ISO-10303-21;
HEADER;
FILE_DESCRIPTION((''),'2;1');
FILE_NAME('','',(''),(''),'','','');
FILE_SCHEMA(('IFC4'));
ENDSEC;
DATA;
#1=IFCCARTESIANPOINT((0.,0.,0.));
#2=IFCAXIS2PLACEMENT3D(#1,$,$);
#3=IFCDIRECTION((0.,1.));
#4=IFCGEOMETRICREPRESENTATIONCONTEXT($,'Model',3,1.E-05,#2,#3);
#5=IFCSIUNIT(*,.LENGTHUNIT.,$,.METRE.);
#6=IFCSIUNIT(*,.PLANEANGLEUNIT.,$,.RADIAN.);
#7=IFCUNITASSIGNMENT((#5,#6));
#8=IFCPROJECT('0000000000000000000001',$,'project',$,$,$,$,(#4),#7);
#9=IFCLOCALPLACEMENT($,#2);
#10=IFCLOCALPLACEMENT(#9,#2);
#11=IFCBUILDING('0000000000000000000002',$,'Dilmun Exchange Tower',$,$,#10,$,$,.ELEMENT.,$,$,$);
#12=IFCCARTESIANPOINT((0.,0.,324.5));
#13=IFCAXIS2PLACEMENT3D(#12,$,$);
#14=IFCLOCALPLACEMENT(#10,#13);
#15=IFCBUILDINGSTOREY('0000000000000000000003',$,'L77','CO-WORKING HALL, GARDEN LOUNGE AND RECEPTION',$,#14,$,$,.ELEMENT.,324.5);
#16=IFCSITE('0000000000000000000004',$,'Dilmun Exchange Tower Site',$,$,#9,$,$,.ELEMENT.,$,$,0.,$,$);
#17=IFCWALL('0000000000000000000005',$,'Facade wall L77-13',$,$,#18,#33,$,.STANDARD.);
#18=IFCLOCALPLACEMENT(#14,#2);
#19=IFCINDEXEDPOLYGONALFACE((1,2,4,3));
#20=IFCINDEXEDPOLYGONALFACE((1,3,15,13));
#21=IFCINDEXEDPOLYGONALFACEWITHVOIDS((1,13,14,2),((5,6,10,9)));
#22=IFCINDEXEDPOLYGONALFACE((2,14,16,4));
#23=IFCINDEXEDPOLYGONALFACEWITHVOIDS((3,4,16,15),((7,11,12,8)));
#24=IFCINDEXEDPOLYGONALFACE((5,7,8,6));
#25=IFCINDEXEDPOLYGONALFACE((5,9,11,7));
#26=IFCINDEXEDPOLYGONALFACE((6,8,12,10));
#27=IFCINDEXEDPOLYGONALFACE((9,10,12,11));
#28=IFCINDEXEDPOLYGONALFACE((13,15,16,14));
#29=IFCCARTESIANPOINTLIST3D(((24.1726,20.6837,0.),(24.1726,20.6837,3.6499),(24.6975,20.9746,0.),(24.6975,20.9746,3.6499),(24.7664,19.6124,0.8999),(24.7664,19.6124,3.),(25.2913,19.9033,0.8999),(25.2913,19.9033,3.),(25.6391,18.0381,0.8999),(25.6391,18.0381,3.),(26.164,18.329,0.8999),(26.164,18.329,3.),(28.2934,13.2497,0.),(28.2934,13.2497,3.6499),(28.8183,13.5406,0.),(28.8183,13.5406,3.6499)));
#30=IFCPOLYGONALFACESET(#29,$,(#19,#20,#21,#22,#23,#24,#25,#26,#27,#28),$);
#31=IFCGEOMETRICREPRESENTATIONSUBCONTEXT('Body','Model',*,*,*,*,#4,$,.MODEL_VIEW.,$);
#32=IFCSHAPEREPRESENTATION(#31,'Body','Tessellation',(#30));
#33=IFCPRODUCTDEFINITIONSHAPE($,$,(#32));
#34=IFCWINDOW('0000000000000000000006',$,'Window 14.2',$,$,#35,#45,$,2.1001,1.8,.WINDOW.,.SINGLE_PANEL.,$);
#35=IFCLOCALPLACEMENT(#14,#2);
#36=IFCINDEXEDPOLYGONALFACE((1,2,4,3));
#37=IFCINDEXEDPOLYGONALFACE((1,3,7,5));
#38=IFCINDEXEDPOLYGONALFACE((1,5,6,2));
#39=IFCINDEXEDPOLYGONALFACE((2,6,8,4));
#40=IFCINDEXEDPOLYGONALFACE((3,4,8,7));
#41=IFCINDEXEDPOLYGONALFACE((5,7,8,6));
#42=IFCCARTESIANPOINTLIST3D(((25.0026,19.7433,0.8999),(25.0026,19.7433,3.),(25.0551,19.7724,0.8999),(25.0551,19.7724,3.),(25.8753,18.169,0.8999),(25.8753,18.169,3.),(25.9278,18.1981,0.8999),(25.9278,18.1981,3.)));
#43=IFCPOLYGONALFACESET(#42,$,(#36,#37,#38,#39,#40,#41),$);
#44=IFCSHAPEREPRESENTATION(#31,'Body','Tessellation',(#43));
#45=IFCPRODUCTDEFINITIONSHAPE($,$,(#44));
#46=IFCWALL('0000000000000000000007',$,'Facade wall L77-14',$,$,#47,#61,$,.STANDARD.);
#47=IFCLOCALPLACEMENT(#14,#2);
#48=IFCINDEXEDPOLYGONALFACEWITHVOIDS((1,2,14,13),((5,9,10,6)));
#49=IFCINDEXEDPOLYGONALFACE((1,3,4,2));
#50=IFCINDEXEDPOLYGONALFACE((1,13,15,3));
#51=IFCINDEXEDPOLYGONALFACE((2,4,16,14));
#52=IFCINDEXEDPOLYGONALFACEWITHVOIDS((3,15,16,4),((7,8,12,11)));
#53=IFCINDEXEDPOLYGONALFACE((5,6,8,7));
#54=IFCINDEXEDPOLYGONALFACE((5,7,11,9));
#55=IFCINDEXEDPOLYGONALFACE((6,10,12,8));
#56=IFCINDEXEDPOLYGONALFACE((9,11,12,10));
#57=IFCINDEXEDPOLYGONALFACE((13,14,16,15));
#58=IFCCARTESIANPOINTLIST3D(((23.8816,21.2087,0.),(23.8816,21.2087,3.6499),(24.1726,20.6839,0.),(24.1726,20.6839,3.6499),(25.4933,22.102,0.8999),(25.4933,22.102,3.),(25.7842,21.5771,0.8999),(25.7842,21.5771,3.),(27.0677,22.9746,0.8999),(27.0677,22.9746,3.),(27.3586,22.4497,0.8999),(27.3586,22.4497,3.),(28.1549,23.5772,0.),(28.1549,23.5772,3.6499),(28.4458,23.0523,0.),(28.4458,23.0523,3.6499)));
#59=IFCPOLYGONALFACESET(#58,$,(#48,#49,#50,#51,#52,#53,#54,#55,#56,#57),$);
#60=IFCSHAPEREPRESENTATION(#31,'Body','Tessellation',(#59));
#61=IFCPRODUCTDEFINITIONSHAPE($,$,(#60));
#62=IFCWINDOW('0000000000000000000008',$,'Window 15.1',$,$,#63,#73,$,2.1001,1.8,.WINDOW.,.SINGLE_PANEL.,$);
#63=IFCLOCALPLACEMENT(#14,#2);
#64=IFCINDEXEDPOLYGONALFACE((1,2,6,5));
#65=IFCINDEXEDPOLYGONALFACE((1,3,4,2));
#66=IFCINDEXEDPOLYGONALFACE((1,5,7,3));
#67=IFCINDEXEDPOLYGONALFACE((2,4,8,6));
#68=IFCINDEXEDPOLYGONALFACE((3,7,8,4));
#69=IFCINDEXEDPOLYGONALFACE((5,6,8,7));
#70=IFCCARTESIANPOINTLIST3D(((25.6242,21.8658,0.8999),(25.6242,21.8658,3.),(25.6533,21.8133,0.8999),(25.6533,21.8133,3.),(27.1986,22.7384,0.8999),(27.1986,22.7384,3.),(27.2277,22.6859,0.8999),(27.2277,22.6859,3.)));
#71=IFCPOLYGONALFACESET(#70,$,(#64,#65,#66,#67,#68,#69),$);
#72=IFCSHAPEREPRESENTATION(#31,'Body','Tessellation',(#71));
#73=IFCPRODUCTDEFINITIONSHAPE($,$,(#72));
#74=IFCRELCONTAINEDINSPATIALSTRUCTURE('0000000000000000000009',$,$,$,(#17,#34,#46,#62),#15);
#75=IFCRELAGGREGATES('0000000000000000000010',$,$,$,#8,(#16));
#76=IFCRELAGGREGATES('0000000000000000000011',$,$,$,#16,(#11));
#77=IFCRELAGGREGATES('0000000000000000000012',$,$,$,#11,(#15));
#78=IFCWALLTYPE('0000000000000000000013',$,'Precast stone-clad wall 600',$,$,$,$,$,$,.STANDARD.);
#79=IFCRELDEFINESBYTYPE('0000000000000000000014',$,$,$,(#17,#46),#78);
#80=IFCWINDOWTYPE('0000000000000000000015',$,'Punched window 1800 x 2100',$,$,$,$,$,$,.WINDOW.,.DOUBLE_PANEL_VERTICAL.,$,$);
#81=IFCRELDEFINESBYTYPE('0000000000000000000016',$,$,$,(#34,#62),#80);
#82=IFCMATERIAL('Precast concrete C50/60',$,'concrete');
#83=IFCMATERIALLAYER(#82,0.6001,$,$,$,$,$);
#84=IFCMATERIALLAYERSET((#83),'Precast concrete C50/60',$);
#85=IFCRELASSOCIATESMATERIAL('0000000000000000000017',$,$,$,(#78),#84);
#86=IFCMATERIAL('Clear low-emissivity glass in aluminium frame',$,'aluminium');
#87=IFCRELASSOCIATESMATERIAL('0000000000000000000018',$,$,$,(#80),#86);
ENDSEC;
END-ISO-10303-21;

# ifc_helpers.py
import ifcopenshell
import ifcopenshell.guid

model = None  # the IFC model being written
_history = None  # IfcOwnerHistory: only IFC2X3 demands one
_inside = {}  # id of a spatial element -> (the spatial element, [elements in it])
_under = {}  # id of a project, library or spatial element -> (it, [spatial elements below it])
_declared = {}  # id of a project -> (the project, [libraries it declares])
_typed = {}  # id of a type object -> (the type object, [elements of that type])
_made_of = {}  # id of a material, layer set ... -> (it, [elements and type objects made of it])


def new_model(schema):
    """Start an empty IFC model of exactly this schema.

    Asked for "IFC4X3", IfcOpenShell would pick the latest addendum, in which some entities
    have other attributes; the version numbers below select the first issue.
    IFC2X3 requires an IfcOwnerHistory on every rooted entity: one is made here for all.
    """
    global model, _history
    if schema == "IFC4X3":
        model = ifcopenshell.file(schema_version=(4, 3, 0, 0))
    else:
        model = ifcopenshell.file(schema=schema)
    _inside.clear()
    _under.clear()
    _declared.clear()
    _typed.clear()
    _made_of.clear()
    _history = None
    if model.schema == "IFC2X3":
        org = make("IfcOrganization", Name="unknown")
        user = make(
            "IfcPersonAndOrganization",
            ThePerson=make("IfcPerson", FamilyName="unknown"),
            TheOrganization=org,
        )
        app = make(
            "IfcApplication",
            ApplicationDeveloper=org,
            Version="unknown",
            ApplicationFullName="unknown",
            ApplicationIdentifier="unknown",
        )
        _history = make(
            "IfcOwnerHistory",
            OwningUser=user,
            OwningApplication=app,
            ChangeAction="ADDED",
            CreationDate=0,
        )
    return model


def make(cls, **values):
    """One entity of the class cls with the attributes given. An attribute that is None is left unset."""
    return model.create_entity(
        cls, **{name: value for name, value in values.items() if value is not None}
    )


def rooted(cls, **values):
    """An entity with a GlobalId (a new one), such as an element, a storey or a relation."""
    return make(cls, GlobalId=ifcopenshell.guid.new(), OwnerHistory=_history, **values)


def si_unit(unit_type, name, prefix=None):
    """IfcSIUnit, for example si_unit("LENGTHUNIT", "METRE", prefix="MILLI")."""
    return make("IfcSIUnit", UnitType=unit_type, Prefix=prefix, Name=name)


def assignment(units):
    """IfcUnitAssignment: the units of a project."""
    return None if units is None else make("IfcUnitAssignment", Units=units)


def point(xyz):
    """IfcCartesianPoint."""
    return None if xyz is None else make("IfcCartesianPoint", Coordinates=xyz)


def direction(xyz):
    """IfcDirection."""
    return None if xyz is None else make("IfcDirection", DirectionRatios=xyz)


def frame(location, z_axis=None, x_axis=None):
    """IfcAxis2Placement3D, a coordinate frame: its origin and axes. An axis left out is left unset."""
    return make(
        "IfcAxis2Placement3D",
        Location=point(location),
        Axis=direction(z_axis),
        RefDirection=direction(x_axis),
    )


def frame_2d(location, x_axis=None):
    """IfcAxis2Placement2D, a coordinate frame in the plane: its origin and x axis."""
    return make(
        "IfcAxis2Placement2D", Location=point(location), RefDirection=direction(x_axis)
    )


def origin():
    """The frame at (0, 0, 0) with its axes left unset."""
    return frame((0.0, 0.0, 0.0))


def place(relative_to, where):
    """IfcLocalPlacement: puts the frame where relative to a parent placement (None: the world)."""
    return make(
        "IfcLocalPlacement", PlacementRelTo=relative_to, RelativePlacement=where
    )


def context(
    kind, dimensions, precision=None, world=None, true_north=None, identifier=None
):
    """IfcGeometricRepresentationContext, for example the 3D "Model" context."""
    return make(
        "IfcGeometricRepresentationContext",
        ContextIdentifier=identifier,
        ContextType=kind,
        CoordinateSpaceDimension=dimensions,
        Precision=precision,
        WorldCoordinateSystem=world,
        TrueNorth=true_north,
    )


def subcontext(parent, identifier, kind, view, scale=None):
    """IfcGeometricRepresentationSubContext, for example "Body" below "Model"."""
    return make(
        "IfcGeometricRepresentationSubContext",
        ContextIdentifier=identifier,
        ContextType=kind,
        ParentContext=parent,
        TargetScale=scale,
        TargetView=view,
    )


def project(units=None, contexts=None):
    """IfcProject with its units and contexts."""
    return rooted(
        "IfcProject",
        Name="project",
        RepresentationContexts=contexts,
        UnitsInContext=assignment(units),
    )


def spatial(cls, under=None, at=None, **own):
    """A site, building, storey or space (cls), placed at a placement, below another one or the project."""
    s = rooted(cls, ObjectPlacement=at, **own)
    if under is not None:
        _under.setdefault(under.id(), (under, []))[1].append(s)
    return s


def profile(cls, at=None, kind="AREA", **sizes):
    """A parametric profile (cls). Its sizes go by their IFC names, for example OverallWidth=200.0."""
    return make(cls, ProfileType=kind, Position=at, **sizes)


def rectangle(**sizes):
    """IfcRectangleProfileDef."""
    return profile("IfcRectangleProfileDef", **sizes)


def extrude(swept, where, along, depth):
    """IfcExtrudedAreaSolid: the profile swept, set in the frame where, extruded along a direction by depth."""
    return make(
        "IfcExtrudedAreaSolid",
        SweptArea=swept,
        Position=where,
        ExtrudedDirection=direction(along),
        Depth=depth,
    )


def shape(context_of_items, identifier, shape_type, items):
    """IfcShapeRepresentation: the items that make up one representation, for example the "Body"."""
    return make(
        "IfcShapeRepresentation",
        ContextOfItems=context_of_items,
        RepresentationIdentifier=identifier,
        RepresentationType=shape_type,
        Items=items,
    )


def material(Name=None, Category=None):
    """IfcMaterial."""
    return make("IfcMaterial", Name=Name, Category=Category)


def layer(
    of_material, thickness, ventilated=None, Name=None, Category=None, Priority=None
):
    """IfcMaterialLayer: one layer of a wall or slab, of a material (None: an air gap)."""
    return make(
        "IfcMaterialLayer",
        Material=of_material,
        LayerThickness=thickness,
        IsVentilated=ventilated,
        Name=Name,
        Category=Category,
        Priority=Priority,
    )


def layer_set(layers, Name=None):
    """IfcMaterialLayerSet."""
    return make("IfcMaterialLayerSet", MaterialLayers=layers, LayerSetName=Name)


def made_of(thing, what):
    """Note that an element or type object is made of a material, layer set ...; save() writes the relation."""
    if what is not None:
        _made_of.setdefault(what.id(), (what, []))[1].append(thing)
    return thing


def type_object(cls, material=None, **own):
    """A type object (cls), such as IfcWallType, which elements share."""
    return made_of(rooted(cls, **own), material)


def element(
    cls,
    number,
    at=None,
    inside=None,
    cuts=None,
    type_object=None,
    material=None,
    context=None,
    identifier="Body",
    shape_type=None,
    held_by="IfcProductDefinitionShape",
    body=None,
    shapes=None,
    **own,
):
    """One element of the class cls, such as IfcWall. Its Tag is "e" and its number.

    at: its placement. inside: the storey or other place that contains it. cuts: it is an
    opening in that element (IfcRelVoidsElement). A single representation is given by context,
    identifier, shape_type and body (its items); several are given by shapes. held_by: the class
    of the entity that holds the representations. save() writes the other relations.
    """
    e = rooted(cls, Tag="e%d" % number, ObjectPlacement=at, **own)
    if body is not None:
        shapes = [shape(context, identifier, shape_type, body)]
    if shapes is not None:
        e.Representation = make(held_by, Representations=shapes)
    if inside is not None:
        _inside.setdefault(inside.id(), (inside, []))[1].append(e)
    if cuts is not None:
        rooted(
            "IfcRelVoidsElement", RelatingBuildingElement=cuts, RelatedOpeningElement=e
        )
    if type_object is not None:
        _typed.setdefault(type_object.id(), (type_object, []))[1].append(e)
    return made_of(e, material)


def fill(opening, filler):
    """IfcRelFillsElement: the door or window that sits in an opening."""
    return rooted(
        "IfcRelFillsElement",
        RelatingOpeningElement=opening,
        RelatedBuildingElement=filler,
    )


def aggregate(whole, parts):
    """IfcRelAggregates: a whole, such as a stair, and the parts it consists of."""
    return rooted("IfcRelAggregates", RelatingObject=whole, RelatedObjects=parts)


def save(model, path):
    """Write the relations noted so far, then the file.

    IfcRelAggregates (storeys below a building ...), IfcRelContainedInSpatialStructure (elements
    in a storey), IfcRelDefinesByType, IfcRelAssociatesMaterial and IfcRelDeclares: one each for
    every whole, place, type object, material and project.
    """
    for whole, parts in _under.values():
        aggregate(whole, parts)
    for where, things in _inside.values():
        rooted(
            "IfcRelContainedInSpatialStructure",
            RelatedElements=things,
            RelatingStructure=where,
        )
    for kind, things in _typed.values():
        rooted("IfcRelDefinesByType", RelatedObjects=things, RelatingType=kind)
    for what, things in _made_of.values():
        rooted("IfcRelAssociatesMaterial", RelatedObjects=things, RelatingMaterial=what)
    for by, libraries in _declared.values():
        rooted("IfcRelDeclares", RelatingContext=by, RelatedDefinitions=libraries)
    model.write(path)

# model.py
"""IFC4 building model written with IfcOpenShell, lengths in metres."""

from ifc_helpers import new_model, si_unit, direction, frame, frame_2d, origin, place, context, subcontext, project, spatial, rectangle, extrude, material, layer, layer_set, type_object, element, fill, save


model = new_model("IFC4")

# Units and contexts
model_context = context("Model", 3, precision=1e-05, world=origin(), true_north=direction((0.0, 1.0)))
body_context = subcontext(model_context, "Body", "Model", "MODEL_VIEW")
ifc_project = project(units=[si_unit("LENGTHUNIT", "METRE"), si_unit("PLANEANGLEUNIT", "RADIAN")], contexts=[model_context])

# Site, building, storey
site_placement = place(None, origin())
site = spatial("IfcSite", under=ifc_project, at=site_placement, Name="Dilmun Exchange Tower Site", CompositionType="ELEMENT", RefElevation=0.0)
building_placement = place(site_placement, origin())
building = spatial("IfcBuilding", under=site, at=building_placement, Name="Dilmun Exchange Tower", CompositionType="ELEMENT")
storey_placement = place(building_placement, frame((0.0, 0.0, 324.5)))
storey = spatial("IfcBuildingStorey", under=building, at=storey_placement, Name="L77", Description="CO-WORKING HALL, GARDEN LOUNGE AND RECEPTION", CompositionType="ELEMENT", Elevation=324.5)

# Walls, openings, windows
ifc_material_1 = material(Name="Precast concrete C50/60", Category="concrete")
ifc_layer_1 = layer(ifc_material_1, 0.6001)
ifc_layer_set_1 = layer_set([ifc_layer_1], Name="Precast concrete C50/60")
wall_type_1 = type_object("IfcWallType", Name="Precast stone-clad wall 600", PredefinedType="STANDARD", material=ifc_layer_set_1)
ifc_material_2 = material(Name="Clear low-emissivity glass in aluminium frame", Category="aluminium")
window_type_1 = type_object("IfcWindowType", Name="Punched window 1800 x 2100", PartitioningType="DOUBLE_PANEL_VERTICAL", PredefinedType="WINDOW", material=ifc_material_2)
wall_1_placement = place(storey_placement, frame((28.5559, 13.395, 0.0), z_axis=(0.0, 0.0, 1.0), x_axis=(-0.484816, 0.874616, 0.0)))
wall_1 = element("IfcWall", 1, at=wall_1_placement, inside=storey, type_object=wall_type_1, Name="Facade wall L77-13", PredefinedType="STANDARD", context=body_context, shape_type="SweptSolid", body=[
    extrude(rectangle(XDim=8.4998, YDim=0.6001, at=frame_2d((4.25, 0.0))), origin(), (0.0, 0.0, 1.0), 3.6499),
])
opening_1_placement = place(wall_1_placement, frame((5.4751, 0.0, 0.8999)))
opening_1 = element("IfcOpeningElement", 2, at=opening_1_placement, cuts=wall_1, PredefinedType="OPENING", context=body_context, shape_type="SweptSolid", body=[
    extrude(rectangle(XDim=1.8, YDim=2.1001, at=frame_2d((0.8999, 1.05))), frame((0.0, 0.3101, 0.0), z_axis=(0.0, -1.0, 0.0), x_axis=(1.0, 0.0, 0.0)), (0.0, 0.0, 1.0), 0.6201),
])
window_1_placement = place(opening_1_placement, origin())
window_1 = element("IfcWindow", 3, at=window_1_placement, inside=storey, type_object=window_type_1, Name="Window 14.2", OverallHeight=2.1001, OverallWidth=1.8, PartitioningType="SINGLE_PANEL", PredefinedType="WINDOW", context=body_context, shape_type="SweptSolid", body=[
    extrude(rectangle(XDim=1.8, YDim=2.1001, at=frame_2d((0.8999, 1.05))), frame((0.0, 0.03, 0.0), z_axis=(0.0, -1.0, 0.0), x_axis=(1.0, 0.0, 0.0)), (0.0, 0.0, 1.0), 0.0601),
])
fill(opening_1, window_1)
wall_2_placement = place(storey_placement, frame((24.0271, 20.9463, 0.0), z_axis=(0.0, 0.0, 1.0), x_axis=(0.874642, 0.484769, 0.0)))
wall_2 = element("IfcWall", 4, at=wall_2_placement, inside=storey, type_object=wall_type_1, Name="Facade wall L77-14", PredefinedType="STANDARD", context=body_context, shape_type="SweptSolid", body=[
    extrude(rectangle(XDim=4.8857, YDim=0.6001, at=frame_2d((2.4429, 0.0))), origin(), (0.0, 0.0, 1.0), 3.6499),
])
opening_2_placement = place(wall_2_placement, frame((1.8428, 0.0, 0.8999)))
opening_2 = element("IfcOpeningElement", 5, at=opening_2_placement, cuts=wall_2, PredefinedType="OPENING", context=body_context, shape_type="SweptSolid", body=[
    extrude(rectangle(XDim=1.8, YDim=2.1001, at=frame_2d((0.8999, 1.05))), frame((0.0, 0.3101, 0.0), z_axis=(0.0, -1.0, 0.0), x_axis=(1.0, 0.0, 0.0)), (0.0, 0.0, 1.0), 0.6201),
])
window_2_placement = place(opening_2_placement, origin())
window_2 = element("IfcWindow", 6, at=window_2_placement, inside=storey, type_object=window_type_1, Name="Window 15.1", OverallHeight=2.1001, OverallWidth=1.8, PartitioningType="SINGLE_PANEL", PredefinedType="WINDOW", context=body_context, shape_type="SweptSolid", body=[
    extrude(rectangle(XDim=1.8, YDim=2.1001, at=frame_2d((0.8999, 1.05))), frame((0.0, 0.03, 0.0), z_axis=(0.0, -1.0, 0.0), x_axis=(1.0, 0.0, 0.0)), (0.0, 0.0, 1.0), 0.0601),
])
fill(opening_2, window_2)

save(model, "model.ifc")
